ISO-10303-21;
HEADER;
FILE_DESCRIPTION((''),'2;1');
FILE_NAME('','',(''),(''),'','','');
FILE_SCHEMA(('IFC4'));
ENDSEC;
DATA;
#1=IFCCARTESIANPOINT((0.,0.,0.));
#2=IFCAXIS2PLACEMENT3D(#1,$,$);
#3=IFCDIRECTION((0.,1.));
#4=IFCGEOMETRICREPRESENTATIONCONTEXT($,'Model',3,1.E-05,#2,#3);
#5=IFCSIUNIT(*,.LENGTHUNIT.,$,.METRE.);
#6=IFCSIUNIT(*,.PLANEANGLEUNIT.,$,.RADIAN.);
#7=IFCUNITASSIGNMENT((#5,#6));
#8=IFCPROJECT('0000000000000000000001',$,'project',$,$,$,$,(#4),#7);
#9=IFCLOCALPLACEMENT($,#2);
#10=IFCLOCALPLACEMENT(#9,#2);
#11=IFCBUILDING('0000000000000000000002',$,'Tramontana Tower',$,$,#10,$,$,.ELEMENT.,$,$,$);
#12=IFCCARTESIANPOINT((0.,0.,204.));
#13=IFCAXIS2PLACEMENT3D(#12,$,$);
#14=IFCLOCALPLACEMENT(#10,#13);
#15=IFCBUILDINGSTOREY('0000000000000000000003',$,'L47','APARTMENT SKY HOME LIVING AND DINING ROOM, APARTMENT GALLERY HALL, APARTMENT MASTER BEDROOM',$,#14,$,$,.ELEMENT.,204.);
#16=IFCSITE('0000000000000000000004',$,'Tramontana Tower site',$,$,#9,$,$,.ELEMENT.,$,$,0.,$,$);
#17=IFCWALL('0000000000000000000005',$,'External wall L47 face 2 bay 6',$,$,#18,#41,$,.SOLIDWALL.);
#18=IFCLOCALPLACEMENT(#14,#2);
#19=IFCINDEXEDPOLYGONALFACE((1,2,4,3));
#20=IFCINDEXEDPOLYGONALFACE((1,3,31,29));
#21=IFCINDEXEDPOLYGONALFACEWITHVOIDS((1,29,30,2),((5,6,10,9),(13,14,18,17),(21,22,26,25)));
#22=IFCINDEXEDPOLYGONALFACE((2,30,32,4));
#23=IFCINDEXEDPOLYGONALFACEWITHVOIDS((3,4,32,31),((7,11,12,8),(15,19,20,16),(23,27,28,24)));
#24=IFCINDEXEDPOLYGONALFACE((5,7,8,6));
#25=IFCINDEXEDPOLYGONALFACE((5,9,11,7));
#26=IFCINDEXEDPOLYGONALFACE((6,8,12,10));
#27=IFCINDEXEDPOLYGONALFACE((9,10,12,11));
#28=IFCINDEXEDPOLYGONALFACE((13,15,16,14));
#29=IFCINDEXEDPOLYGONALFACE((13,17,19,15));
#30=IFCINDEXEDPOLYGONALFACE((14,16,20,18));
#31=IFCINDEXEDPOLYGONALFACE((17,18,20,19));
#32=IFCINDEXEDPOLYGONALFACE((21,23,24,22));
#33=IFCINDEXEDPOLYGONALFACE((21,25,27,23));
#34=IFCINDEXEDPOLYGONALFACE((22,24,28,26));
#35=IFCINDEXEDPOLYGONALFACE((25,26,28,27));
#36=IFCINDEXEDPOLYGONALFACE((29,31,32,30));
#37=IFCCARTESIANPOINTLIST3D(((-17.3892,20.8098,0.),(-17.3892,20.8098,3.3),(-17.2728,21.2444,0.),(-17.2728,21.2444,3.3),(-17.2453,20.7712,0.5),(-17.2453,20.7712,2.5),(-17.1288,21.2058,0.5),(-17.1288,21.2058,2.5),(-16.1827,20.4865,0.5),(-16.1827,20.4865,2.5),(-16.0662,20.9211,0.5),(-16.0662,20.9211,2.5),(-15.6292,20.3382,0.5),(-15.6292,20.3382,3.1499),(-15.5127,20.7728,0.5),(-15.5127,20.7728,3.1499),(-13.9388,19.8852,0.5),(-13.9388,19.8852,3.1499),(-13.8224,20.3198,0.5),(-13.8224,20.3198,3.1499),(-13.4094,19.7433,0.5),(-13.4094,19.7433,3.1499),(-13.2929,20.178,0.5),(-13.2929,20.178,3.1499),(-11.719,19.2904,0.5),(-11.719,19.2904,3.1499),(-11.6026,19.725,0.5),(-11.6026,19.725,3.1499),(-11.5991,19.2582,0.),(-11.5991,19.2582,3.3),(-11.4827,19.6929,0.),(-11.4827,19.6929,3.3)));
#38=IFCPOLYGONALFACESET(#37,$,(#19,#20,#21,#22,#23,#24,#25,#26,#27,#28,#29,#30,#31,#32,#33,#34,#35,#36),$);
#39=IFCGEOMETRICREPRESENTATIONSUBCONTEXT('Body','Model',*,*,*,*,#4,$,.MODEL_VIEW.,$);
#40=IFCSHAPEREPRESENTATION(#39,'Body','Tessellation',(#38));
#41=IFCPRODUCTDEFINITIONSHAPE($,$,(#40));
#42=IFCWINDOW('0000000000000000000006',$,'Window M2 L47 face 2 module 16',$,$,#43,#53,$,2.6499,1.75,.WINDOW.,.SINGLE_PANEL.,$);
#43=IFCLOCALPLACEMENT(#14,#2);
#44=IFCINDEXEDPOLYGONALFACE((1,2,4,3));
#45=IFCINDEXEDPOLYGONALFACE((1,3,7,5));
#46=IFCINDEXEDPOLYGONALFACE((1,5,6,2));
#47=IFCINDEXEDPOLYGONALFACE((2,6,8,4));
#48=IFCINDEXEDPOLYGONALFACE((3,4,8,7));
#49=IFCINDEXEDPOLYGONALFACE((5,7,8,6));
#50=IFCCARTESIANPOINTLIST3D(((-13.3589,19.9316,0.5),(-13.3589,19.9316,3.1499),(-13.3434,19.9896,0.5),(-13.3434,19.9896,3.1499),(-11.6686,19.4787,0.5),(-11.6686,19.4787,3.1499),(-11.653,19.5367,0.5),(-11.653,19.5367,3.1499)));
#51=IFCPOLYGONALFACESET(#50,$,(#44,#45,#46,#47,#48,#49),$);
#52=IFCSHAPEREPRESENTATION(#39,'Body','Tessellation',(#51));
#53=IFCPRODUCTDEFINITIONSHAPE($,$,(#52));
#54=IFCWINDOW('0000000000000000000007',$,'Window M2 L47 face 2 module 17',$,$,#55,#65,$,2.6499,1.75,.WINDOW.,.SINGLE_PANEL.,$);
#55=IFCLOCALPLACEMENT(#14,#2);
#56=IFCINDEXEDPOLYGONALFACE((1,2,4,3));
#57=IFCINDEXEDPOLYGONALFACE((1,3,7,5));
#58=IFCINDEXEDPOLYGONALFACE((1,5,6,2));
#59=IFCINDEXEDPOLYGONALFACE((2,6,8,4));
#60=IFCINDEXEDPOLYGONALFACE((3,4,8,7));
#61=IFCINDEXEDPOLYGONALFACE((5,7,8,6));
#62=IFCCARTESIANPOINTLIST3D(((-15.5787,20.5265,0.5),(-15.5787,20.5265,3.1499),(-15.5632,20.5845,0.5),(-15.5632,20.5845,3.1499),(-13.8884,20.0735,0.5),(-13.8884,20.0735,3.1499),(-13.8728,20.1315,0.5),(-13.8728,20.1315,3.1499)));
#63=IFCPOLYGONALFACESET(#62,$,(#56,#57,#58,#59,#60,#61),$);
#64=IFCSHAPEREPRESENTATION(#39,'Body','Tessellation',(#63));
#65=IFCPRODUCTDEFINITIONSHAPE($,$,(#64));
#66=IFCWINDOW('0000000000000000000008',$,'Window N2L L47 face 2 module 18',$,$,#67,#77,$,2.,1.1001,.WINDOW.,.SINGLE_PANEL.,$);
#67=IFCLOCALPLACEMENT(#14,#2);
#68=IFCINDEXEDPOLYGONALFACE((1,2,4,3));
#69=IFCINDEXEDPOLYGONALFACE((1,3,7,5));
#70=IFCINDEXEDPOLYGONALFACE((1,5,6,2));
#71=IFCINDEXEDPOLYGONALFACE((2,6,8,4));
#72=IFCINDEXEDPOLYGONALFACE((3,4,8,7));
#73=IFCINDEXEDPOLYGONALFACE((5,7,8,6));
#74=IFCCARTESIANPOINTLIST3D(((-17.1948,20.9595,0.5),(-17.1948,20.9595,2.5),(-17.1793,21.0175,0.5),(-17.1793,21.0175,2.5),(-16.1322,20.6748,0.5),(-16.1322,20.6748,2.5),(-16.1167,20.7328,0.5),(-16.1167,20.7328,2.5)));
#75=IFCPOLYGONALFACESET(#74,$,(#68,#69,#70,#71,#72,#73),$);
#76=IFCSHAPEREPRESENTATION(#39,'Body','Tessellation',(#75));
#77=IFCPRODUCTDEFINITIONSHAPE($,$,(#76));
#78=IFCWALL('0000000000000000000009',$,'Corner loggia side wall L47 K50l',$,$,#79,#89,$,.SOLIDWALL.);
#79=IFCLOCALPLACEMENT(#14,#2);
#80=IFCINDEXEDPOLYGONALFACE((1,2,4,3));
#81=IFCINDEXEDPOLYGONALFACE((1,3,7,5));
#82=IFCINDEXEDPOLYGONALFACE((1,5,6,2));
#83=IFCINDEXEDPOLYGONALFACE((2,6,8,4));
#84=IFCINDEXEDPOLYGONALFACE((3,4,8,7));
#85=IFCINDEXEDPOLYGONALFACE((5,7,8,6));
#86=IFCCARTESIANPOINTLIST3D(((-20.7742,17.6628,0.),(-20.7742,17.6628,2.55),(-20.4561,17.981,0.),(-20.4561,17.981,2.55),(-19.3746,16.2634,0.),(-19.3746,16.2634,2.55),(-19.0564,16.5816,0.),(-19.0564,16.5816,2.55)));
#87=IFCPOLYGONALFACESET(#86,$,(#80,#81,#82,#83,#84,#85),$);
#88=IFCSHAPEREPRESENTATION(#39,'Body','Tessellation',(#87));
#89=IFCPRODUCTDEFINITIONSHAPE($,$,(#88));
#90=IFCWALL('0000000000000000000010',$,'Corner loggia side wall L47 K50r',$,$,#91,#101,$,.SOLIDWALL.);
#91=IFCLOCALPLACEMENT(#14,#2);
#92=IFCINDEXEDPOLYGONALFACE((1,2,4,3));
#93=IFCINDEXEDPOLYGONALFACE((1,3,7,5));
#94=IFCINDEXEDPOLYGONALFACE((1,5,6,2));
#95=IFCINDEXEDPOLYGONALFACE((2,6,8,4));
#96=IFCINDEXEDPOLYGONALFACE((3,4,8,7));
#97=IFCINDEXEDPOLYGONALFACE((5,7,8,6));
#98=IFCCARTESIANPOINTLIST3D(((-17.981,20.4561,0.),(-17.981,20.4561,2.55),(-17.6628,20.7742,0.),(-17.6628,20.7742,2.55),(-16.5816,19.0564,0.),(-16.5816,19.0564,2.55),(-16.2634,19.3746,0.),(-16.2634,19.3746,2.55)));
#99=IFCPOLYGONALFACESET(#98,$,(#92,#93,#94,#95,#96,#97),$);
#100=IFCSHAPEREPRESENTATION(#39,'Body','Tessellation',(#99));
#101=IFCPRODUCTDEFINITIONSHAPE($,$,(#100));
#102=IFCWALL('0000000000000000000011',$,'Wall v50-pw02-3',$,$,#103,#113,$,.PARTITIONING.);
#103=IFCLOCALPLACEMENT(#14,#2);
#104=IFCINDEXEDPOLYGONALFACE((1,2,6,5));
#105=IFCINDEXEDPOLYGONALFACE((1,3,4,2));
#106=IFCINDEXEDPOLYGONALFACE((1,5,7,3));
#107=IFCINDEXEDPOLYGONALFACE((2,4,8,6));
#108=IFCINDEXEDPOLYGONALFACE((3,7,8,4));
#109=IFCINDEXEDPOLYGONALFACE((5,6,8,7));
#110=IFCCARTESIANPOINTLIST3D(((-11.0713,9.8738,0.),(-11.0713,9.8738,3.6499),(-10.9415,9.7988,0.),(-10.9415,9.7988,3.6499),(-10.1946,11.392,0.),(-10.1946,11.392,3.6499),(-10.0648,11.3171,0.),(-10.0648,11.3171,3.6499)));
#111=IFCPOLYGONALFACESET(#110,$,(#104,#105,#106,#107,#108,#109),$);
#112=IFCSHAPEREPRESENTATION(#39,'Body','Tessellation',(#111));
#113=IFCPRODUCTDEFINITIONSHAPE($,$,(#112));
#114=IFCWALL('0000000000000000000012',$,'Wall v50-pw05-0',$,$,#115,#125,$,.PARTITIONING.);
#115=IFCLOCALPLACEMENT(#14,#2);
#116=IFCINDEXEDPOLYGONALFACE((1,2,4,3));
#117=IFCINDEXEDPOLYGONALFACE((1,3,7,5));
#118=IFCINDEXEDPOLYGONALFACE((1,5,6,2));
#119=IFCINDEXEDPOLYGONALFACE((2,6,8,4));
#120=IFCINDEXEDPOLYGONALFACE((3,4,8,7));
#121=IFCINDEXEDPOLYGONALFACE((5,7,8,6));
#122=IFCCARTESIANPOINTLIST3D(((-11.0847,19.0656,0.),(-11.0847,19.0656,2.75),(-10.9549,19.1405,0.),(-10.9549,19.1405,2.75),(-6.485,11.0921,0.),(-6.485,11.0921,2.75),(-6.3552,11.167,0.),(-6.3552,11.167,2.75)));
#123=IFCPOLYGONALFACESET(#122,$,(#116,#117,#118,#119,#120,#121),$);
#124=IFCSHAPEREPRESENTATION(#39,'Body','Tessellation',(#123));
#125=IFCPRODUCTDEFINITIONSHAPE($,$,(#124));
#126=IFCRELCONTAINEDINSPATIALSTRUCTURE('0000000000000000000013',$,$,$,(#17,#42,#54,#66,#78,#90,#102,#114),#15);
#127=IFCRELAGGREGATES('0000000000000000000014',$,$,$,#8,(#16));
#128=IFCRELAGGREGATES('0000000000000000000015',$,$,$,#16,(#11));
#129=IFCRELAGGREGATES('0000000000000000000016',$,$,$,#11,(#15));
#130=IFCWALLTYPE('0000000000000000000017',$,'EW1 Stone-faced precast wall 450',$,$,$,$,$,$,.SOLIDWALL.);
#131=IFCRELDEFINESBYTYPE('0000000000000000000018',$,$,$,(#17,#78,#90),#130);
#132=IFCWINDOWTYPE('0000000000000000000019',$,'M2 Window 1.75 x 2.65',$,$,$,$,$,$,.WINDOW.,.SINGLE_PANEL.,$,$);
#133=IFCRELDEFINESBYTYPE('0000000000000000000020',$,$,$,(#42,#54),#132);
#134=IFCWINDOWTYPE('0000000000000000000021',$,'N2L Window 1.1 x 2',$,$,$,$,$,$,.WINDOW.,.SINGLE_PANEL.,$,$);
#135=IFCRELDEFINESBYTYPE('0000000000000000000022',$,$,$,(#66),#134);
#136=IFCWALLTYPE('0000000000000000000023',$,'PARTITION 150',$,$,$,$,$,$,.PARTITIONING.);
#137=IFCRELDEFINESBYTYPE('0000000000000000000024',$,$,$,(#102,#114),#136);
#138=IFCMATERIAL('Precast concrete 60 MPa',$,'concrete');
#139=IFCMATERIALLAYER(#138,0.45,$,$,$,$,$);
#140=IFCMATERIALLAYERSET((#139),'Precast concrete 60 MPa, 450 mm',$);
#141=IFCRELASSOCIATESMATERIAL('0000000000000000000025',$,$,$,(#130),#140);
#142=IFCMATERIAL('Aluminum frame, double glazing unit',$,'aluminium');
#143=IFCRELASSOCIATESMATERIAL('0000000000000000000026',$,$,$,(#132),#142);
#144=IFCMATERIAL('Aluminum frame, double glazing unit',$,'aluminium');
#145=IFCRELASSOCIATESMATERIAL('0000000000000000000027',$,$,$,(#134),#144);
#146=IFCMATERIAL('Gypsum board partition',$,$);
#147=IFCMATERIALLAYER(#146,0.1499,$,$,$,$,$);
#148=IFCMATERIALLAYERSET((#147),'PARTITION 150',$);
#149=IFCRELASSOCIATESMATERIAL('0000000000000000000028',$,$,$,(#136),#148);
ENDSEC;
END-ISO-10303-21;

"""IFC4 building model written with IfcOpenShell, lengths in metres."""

from ifc_helpers import new_model, si_unit, direction, frame, frame_2d, origin, place, context, subcontext, project, spatial, rectangle, extrude, material, layer, layer_set, type_object, element, fill, save


model = new_model("IFC4")

# Units and contexts
model_context = context("Model", 3, precision=1e-05, world=origin(), true_north=direction((0.0, 1.0)))
body_context = subcontext(model_context, "Body", "Model", "MODEL_VIEW")
ifc_project = project(units=[si_unit("LENGTHUNIT", "METRE"), si_unit("PLANEANGLEUNIT", "RADIAN")], contexts=[model_context])

# Site, building, storey
site_placement = place(None, origin())
site = spatial("IfcSite", under=ifc_project, at=site_placement, Name="Tramontana Tower site", CompositionType="ELEMENT", RefElevation=0.0)
building_placement = place(site_placement, origin())
building = spatial("IfcBuilding", under=site, at=building_placement, Name="Tramontana Tower", CompositionType="ELEMENT")
storey_placement = place(building_placement, frame((0.0, 0.0, 204.0)))
storey = spatial("IfcBuildingStorey", under=building, at=storey_placement, Name="L47", Description="APARTMENT SKY HOME LIVING AND DINING ROOM, APARTMENT GALLERY HALL, APARTMENT MASTER BEDROOM", CompositionType="ELEMENT", Elevation=204.0)

# Shared definitions
ifc_material_1 = material(Name="Precast concrete 60 MPa", Category="concrete")
ifc_layer_1 = layer(ifc_material_1, 0.45)
ifc_layer_set_1 = layer_set([ifc_layer_1], Name="Precast concrete 60 MPa, 450 mm")
wall_type_1 = type_object("IfcWallType", Name="EW1 Stone-faced precast wall 450", PredefinedType="SOLIDWALL", material=ifc_layer_set_1)
ifc_material_2 = material(Name="Aluminum frame, double glazing unit", Category="aluminium")
window_type_1 = type_object("IfcWindowType", Name="M2 Window 1.75 x 2.65", PartitioningType="SINGLE_PANEL", PredefinedType="WINDOW", material=ifc_material_2)
ifc_material_3 = material(Name="Aluminum frame, double glazing unit", Category="aluminium")
window_type_2 = type_object("IfcWindowType", Name="N2L Window 1.1 x 2", PartitioningType="SINGLE_PANEL", PredefinedType="WINDOW", material=ifc_material_3)

# Wall, openings, windows
wall_1_placement = place(storey_placement, frame((-11.541, 19.4756, 0.0), z_axis=(0.0, 0.0, 1.0), x_axis=(-0.965923, 0.258831, 0.0)))
wall_1 = element("IfcWall", 1, at=wall_1_placement, inside=storey, type_object=wall_type_1, Name="External wall L47 face 2 bay 6", PredefinedType="SOLIDWALL", context=body_context, shape_type="SweptSolid", body=[
    extrude(rectangle(XDim=5.9944, YDim=0.45, at=frame_2d((2.9971, 0.0))), origin(), (0.0, 0.0, 1.0), 3.3),
])
opening_1_placement = place(wall_1_placement, frame((0.124, 0.0, 0.5)))
opening_1 = element("IfcOpeningElement", 2, at=opening_1_placement, cuts=wall_1, PredefinedType="OPENING", context=body_context, shape_type="SweptSolid", body=[
    extrude(rectangle(XDim=1.75, YDim=2.6499, at=frame_2d((0.875, 1.325))), frame((0.0, 0.2349, 0.0), z_axis=(0.0, -1.0, 0.0), x_axis=(1.0, 0.0, 0.0)), (0.0, 0.0, 1.0), 0.47),
])
opening_2_placement = place(wall_1_placement, frame((2.4221, 0.0, 0.5)))
opening_2 = element("IfcOpeningElement", 3, at=opening_2_placement, cuts=wall_1, PredefinedType="OPENING", context=body_context, shape_type="SweptSolid", body=[
    extrude(rectangle(XDim=1.75, YDim=2.6499, at=frame_2d((0.875, 1.325))), frame((0.0, 0.2349, 0.0), z_axis=(0.0, -1.0, 0.0), x_axis=(1.0, 0.0, 0.0)), (0.0, 0.0, 1.0), 0.47),
])
opening_3_placement = place(wall_1_placement, frame((4.7451, 0.0, 0.5)))
opening_3 = element("IfcOpeningElement", 4, at=opening_3_placement, cuts=wall_1, PredefinedType="OPENING", context=body_context, shape_type="SweptSolid", body=[
    extrude(rectangle(XDim=1.1001, YDim=2.0, at=frame_2d((0.55, 1.0))), frame((0.0, 0.2349, 0.0), z_axis=(0.0, -1.0, 0.0), x_axis=(1.0, 0.0, 0.0)), (0.0, 0.0, 1.0), 0.47),
])
window_1_placement = place(opening_1_placement, origin())
window_1 = element("IfcWindow", 5, at=window_1_placement, inside=storey, type_object=window_type_1, Name="Window M2 L47 face 2 module 16", OverallHeight=2.6499, OverallWidth=1.75, PartitioningType="SINGLE_PANEL", PredefinedType="WINDOW", context=body_context, shape_type="SweptSolid", body=[
    extrude(rectangle(XDim=1.75, YDim=2.6499, at=frame_2d((0.875, 1.325))), frame((0.0, 0.03, 0.0), z_axis=(0.0, -1.0, 0.0), x_axis=(1.0, 0.0, 0.0)), (0.0, 0.0, 1.0), 0.0601),
])
fill(opening_1, window_1)
window_2_placement = place(opening_2_placement, origin())
window_2 = element("IfcWindow", 6, at=window_2_placement, inside=storey, type_object=window_type_1, Name="Window M2 L47 face 2 module 17", OverallHeight=2.6499, OverallWidth=1.75, PartitioningType="SINGLE_PANEL", PredefinedType="WINDOW", context=body_context, shape_type="SweptSolid", body=[
    extrude(rectangle(XDim=1.75, YDim=2.6499, at=frame_2d((0.875, 1.325))), frame((0.0, 0.03, 0.0), z_axis=(0.0, -1.0, 0.0), x_axis=(1.0, 0.0, 0.0)), (0.0, 0.0, 1.0), 0.0601),
])
fill(opening_2, window_2)
window_3_placement = place(opening_3_placement, origin())
window_3 = element("IfcWindow", 7, at=window_3_placement, inside=storey, type_object=window_type_2, Name="Window N2L L47 face 2 module 18", OverallHeight=2.0, OverallWidth=1.1001, PartitioningType="SINGLE_PANEL", PredefinedType="WINDOW", context=body_context, shape_type="SweptSolid", body=[
    extrude(rectangle(XDim=1.1001, YDim=2.0, at=frame_2d((0.55, 1.0))), frame((0.0, 0.03, 0.0), z_axis=(0.0, -1.0, 0.0), x_axis=(1.0, 0.0, 0.0)), (0.0, 0.0, 1.0), 0.0601),
])
fill(opening_3, window_3)

# Walls
for number, where, z_axis, x_axis, name in (
    (8, (-20.6152, 17.822, 0.0), (0.0, 0.0, 1.0), (0.707168, -0.707045, 0.0), "Corner loggia side wall L47 K50l"),
    (9, (-17.822, 20.6152, 0.0), (0.0, 0.0, 1.0), (0.707045, -0.707168, 0.0), "Corner loggia side wall L47 K50r"),
):
    element("IfcWall", number, at=place(storey_placement, frame(where, z_axis=z_axis, x_axis=x_axis)), inside=storey, type_object=wall_type_1, Name=name, PredefinedType="SOLIDWALL", context=body_context, shape_type="SweptSolid", body=[
        extrude(rectangle(XDim=1.9792, YDim=0.45, at=frame_2d((0.9897, 0.0))), origin(), (0.0, 0.0, 1.0), 2.55),
    ])

# Walls
ifc_material_4 = material(Name="Gypsum board partition")
ifc_layer_2 = layer(ifc_material_4, 0.1499)
ifc_layer_set_2 = layer_set([ifc_layer_2], Name="PARTITION 150")
wall_type_2 = type_object("IfcWallType", Name="PARTITION 150", PredefinedType="PARTITIONING", material=ifc_layer_set_2)
wall_2_placement = place(storey_placement, frame((-11.0063, 9.8364, 0.0), z_axis=(0.0, 0.0, 1.0), x_axis=(0.500048, 0.865998, 0.0)))
element("IfcWall", 10, at=wall_2_placement, inside=storey, type_object=wall_type_2, Name="Wall v50-pw02-3", PredefinedType="PARTITIONING", context=body_context, shape_type="SweptSolid", body=[
    extrude(rectangle(XDim=1.7532, YDim=0.1499, at=frame_2d((0.8765, 0.0))), origin(), (0.0, 0.0, 1.0), 3.6499),
])
wall_3_placement = place(storey_placement, frame((-11.0198, 19.103, 0.0), z_axis=(0.0, 0.0, 1.0), x_axis=(0.499688, -0.866205, 0.0)))
element("IfcWall", 11, at=wall_3_placement, inside=storey, type_object=wall_type_2, Name="Wall v50-pw05-0", PredefinedType="PARTITIONING", context=body_context, shape_type="SweptSolid", body=[
    extrude(rectangle(XDim=9.2051, YDim=0.1499, at=frame_2d((4.6025, 0.0))), origin(), (0.0, 0.0, 1.0), 2.75),
])

save(model, "model.ifc")
